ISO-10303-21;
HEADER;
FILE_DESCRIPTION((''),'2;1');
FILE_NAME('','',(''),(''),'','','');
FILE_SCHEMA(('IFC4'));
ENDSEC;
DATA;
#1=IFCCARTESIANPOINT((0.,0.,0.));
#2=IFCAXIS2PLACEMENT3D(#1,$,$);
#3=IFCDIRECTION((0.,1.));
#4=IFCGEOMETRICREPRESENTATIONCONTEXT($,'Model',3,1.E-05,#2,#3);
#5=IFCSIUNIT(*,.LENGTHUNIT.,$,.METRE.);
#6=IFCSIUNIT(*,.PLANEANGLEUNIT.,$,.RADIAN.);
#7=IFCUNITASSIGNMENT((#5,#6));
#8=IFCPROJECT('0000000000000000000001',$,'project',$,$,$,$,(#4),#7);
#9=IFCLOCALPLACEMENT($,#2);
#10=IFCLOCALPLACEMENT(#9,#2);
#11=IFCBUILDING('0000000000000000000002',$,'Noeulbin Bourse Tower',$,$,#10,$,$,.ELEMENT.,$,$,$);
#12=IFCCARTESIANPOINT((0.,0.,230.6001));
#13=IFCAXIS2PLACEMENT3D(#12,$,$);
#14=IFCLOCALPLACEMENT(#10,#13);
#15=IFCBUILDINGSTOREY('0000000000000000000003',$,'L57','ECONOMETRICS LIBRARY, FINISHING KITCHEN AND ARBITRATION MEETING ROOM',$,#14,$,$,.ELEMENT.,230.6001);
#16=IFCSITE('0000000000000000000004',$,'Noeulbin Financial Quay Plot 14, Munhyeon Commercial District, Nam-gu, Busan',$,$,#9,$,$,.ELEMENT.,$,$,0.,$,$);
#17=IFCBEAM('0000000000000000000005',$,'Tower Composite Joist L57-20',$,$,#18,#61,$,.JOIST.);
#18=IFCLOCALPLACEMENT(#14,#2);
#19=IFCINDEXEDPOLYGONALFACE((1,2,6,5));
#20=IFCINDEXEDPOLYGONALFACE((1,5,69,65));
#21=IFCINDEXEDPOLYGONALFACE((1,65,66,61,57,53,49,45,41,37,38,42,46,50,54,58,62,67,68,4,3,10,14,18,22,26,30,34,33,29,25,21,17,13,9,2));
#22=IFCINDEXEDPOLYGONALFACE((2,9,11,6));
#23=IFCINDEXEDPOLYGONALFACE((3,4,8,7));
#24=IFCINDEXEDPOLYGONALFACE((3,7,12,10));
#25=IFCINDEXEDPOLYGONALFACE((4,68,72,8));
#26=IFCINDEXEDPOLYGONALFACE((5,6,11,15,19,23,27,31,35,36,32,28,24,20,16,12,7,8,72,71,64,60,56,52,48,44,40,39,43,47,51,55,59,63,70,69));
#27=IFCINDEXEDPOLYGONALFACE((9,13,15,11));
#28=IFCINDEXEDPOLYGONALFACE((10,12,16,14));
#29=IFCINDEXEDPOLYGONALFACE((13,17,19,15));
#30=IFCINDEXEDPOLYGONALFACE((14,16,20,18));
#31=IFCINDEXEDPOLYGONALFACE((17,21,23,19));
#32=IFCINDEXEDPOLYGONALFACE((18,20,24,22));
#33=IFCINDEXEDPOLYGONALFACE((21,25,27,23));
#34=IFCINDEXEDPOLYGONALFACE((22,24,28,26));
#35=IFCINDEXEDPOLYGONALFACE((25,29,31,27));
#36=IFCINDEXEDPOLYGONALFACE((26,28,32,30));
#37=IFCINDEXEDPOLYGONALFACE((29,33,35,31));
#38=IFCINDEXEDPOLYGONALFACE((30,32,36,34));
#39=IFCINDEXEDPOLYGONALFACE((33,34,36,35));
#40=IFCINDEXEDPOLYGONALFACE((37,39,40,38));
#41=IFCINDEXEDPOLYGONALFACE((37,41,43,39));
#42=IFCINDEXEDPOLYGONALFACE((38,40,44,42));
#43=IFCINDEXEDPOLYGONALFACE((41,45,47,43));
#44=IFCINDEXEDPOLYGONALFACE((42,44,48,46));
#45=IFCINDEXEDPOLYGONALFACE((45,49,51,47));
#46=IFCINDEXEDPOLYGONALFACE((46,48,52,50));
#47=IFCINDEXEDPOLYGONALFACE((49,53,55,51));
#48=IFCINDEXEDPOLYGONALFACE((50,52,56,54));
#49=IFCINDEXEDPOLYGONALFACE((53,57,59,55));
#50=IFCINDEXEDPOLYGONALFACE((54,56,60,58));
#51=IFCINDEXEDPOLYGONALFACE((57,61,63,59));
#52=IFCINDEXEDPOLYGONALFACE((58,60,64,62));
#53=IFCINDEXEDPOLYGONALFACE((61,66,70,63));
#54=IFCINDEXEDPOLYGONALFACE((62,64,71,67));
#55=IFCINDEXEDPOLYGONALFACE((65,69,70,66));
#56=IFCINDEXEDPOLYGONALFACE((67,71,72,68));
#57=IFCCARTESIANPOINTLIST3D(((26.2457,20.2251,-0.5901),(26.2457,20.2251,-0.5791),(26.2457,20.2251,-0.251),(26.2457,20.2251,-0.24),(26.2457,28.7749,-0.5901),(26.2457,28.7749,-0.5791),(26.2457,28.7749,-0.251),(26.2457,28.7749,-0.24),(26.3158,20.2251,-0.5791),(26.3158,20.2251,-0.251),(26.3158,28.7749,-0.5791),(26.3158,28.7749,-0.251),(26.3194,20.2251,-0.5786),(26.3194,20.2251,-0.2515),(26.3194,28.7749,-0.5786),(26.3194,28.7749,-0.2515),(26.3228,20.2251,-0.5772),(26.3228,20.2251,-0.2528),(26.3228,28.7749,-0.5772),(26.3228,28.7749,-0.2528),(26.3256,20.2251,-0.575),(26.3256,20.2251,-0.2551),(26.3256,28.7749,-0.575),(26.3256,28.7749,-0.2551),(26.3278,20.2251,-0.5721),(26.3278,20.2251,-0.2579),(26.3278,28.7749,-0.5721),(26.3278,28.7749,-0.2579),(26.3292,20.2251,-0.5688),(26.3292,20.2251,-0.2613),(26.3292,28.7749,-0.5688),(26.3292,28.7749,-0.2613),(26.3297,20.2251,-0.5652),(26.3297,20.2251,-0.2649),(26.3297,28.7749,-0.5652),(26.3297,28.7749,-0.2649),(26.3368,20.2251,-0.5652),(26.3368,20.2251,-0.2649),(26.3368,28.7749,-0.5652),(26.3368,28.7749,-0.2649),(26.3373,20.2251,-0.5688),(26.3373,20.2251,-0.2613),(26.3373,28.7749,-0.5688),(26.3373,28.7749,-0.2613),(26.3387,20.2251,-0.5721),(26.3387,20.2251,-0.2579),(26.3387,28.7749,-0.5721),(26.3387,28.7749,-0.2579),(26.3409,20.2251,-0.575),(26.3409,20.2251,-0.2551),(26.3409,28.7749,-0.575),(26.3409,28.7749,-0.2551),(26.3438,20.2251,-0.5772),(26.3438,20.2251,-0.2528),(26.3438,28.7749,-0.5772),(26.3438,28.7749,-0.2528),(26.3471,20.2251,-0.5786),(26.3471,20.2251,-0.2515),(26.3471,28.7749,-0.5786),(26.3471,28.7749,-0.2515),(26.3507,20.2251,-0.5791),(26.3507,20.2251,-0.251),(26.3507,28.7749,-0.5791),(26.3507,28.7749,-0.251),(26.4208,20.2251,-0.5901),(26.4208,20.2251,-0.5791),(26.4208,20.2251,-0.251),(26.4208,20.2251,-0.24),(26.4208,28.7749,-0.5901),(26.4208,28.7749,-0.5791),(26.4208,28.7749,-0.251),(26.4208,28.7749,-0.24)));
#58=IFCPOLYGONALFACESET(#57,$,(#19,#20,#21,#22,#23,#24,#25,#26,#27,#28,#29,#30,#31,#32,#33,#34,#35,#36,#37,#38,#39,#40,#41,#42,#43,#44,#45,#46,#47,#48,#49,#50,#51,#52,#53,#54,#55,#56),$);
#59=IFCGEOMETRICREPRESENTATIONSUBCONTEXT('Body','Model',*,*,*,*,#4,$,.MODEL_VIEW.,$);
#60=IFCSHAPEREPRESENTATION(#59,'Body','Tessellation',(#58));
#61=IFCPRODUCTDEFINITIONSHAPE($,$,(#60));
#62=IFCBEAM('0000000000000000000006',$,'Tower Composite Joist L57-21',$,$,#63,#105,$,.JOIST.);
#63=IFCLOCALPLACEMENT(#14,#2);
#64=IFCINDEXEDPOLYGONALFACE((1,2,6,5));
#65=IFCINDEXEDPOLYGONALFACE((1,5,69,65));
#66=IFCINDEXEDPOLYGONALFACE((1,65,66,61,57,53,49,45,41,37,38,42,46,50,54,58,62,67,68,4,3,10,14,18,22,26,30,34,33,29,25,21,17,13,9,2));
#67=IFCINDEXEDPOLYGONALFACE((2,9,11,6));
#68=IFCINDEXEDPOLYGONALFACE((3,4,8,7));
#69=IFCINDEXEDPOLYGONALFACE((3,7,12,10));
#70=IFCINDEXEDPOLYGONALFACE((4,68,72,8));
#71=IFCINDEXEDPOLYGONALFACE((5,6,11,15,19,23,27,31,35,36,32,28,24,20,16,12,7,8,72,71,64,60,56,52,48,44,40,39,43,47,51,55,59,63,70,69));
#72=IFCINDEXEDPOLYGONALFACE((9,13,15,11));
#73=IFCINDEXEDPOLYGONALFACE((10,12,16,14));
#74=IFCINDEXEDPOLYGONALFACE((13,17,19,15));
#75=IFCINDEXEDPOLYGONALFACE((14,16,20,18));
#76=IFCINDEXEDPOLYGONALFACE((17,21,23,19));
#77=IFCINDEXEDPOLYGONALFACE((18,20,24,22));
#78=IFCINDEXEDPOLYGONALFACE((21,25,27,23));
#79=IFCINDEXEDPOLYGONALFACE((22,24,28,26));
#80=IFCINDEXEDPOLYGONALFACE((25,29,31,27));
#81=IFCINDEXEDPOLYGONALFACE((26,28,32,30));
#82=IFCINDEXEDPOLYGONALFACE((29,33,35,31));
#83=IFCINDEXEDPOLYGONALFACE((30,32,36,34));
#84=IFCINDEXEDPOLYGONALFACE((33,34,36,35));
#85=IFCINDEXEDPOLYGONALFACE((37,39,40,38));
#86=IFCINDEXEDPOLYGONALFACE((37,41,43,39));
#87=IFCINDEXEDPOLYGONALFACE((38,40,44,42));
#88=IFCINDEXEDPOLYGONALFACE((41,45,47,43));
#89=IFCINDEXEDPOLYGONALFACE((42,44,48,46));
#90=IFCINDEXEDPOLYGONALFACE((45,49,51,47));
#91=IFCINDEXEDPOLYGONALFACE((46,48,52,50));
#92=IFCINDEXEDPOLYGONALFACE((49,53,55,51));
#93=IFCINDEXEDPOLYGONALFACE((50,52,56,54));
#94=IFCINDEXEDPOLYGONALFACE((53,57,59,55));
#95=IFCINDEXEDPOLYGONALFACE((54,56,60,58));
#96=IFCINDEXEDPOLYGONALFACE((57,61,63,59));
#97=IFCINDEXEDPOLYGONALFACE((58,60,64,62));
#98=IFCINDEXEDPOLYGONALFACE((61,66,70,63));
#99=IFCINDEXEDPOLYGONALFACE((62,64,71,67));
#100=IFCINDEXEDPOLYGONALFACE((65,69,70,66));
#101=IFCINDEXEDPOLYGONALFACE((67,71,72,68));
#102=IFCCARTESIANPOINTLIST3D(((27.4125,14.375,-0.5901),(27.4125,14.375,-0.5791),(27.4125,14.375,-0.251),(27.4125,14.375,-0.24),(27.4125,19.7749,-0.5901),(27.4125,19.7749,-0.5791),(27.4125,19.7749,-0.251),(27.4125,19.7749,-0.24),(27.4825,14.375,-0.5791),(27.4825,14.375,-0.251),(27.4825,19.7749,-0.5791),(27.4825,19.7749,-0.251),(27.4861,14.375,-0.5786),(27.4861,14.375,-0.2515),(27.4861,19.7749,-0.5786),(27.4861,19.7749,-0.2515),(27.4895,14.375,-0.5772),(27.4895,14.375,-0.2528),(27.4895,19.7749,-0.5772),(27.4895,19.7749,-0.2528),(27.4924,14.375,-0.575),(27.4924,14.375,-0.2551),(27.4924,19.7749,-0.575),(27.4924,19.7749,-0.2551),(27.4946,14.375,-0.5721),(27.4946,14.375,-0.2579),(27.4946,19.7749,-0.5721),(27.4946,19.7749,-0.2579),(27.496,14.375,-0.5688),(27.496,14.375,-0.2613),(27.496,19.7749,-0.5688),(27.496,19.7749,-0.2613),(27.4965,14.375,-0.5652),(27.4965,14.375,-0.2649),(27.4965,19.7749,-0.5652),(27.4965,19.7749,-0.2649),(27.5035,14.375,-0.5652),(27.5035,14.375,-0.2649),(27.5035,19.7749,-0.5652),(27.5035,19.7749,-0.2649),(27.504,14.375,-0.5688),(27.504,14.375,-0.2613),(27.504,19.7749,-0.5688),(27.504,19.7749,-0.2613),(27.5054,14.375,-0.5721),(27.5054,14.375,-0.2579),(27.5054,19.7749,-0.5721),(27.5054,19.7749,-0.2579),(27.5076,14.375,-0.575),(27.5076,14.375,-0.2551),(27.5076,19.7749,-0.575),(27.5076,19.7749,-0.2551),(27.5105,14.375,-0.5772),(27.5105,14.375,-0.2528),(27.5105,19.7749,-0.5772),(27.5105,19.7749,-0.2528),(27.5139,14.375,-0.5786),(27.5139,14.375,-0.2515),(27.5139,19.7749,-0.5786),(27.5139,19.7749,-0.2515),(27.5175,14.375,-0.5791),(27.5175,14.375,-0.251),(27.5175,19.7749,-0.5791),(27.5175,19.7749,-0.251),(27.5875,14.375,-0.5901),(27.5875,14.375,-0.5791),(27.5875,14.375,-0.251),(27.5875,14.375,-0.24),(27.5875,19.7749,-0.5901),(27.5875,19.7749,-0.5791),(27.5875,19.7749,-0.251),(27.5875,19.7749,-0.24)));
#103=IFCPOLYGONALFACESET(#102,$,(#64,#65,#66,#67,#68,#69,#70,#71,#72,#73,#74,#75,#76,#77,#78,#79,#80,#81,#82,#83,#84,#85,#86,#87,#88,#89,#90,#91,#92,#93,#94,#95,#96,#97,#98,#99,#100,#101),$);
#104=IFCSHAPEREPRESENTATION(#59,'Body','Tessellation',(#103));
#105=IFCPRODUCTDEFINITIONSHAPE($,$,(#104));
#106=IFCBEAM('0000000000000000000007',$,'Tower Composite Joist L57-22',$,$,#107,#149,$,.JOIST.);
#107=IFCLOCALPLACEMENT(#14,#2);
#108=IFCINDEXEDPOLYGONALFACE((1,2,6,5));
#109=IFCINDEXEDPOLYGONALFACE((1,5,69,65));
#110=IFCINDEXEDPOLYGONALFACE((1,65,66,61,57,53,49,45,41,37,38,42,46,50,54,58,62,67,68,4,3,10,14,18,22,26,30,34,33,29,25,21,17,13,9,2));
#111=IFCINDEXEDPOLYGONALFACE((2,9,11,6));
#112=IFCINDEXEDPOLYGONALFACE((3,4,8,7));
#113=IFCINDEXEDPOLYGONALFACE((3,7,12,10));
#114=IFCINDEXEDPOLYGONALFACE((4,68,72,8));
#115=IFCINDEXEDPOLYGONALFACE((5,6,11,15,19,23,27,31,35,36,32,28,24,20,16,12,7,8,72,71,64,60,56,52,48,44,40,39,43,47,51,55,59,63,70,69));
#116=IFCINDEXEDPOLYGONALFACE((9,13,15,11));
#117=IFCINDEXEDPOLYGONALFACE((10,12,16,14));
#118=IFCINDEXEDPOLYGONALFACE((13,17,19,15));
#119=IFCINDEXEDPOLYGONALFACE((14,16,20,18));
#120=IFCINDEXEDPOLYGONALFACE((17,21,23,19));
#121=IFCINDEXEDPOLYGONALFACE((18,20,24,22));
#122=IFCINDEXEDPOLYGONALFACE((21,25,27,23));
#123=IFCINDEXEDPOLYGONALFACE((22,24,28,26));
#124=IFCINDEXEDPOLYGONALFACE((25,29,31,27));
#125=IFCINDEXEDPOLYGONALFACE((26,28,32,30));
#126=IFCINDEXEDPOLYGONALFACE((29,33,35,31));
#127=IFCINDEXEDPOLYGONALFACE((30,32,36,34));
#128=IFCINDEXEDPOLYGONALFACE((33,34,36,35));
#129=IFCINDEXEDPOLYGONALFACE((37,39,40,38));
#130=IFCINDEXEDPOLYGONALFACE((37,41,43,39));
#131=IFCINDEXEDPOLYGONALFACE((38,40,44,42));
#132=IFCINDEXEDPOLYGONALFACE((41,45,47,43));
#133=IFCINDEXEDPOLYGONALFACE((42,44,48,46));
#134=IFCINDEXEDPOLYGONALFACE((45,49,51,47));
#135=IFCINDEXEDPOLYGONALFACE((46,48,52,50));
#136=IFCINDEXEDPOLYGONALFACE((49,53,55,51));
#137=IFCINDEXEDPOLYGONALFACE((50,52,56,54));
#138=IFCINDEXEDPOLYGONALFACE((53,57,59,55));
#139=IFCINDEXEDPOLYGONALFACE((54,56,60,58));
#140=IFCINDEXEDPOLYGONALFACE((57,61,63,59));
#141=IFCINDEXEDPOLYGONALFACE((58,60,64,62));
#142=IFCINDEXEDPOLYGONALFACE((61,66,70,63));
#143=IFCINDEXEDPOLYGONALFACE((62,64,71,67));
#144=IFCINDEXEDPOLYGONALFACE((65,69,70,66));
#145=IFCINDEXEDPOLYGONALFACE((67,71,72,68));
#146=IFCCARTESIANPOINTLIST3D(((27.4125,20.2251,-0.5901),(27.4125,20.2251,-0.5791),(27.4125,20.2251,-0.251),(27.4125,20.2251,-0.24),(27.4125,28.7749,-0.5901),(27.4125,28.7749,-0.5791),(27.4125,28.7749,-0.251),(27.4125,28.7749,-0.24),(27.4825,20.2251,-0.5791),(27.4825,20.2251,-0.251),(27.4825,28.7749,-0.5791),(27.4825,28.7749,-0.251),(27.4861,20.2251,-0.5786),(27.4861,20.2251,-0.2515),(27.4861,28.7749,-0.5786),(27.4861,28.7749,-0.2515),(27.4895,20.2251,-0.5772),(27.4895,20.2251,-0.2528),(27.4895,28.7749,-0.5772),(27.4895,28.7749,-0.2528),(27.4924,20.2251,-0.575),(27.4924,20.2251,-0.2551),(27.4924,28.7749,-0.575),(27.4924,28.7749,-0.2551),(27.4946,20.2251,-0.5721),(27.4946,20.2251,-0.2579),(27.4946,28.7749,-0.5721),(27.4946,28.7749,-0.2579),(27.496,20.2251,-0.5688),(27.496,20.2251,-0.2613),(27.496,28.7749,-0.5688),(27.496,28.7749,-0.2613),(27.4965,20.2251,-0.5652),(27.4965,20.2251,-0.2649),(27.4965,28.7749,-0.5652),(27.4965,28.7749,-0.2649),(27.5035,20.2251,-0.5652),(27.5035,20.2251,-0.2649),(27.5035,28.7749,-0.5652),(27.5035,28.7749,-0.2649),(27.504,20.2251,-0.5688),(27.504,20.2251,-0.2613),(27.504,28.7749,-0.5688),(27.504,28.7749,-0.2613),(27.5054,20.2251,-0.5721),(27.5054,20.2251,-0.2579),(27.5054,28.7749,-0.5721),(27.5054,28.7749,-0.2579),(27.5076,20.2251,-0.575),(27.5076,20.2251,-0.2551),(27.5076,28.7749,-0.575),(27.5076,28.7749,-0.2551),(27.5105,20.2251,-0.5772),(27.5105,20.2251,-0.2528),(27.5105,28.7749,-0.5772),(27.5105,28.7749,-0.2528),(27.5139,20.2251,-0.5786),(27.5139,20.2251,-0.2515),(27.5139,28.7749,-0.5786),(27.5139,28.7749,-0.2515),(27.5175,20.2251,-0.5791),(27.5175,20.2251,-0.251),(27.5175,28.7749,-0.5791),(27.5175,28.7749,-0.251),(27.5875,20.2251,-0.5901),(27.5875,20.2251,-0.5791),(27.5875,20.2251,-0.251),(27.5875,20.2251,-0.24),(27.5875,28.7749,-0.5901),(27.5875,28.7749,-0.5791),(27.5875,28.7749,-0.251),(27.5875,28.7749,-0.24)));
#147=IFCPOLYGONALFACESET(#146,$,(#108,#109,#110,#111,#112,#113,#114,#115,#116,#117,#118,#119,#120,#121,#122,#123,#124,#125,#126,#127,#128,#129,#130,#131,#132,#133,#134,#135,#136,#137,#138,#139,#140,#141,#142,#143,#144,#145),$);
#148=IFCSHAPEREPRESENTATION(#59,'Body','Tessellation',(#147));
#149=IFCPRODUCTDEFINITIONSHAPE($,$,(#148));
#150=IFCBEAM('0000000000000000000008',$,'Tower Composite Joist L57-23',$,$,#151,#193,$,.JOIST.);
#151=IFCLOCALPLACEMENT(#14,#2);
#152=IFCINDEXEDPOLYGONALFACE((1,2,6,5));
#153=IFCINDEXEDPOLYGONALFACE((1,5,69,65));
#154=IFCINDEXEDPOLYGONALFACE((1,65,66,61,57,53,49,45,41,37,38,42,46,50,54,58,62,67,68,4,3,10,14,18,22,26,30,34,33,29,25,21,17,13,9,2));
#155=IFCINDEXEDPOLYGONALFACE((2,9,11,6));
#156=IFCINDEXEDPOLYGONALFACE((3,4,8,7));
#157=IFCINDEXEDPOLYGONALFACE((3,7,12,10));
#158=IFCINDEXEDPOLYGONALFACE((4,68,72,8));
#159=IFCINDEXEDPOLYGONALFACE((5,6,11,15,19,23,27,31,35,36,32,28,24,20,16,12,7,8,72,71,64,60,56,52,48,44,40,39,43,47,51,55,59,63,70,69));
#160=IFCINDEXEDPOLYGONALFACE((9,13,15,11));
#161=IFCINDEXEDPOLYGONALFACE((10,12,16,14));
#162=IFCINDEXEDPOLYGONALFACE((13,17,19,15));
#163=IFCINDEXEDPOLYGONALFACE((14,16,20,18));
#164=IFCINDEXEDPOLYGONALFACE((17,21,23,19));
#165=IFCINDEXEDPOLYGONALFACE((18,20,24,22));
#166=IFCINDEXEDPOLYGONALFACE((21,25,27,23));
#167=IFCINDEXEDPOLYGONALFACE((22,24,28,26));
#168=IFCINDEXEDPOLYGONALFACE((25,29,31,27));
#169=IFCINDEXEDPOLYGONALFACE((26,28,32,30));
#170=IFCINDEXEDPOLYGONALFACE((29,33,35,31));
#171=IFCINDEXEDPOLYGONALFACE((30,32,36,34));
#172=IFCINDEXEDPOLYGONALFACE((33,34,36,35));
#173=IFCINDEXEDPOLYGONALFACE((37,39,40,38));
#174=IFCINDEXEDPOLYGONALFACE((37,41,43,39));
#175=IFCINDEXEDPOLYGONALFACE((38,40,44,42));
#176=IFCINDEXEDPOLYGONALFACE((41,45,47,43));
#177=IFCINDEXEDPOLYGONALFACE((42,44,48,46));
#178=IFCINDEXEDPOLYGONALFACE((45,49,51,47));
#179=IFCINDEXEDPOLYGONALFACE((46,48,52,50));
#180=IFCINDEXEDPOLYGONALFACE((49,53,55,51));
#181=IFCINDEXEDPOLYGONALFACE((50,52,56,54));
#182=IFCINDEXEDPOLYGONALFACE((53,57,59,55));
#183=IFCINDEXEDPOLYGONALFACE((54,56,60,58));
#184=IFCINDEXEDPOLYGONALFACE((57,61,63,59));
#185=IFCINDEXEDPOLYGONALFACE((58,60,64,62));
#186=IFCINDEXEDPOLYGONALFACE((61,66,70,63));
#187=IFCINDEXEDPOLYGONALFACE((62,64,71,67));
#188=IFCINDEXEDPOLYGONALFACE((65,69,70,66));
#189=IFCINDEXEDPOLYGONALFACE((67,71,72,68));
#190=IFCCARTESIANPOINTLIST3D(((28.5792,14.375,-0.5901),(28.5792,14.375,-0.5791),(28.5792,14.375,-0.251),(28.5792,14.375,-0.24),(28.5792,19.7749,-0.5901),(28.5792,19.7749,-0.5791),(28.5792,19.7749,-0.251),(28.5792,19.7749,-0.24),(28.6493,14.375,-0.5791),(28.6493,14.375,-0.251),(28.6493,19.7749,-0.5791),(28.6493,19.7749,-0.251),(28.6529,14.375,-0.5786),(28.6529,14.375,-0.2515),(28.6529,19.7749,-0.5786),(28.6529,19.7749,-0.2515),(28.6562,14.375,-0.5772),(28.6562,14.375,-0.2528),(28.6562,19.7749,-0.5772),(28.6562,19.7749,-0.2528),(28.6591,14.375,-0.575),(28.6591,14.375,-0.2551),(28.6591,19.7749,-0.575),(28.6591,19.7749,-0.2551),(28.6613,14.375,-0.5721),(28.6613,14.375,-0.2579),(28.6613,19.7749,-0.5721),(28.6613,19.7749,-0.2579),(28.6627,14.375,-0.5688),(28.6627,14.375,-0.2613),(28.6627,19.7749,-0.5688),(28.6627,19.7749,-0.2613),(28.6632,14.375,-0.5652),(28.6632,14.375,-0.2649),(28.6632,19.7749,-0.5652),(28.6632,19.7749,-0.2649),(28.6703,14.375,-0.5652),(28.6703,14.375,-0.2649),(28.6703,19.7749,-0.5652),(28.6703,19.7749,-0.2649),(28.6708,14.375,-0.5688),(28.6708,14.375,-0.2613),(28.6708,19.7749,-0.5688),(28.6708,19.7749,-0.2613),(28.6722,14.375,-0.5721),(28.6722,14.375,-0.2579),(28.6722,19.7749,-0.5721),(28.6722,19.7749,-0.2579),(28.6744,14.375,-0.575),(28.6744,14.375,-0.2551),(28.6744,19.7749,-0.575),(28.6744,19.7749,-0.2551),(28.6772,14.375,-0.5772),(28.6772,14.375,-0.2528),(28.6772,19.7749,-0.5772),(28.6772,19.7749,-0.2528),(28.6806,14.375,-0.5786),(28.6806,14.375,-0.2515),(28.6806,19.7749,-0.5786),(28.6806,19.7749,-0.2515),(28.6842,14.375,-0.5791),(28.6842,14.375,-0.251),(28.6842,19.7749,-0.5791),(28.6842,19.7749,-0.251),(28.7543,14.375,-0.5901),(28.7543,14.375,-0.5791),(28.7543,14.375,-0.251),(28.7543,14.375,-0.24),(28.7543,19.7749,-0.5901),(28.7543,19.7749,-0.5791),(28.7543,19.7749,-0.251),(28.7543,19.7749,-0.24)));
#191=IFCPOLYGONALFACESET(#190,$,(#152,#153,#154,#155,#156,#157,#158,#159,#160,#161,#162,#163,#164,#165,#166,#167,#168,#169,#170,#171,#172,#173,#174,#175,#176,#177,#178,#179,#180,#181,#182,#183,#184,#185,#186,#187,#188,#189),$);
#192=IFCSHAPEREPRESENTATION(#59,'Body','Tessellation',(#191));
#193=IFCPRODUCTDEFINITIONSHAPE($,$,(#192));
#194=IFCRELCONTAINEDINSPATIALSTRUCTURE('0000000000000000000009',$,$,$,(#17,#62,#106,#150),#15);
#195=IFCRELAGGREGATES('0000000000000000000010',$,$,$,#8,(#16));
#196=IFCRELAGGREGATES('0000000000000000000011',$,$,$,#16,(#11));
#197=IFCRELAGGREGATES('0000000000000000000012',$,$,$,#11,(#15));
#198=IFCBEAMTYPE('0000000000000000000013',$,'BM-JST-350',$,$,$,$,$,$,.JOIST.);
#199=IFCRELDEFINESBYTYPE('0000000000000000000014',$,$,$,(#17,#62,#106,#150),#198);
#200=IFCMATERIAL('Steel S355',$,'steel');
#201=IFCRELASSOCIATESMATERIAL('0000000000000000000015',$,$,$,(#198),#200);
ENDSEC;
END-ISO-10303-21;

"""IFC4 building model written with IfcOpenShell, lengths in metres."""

from ifc_helpers import new_model, si_unit, direction, frame, origin, origin_2d, place, context, subcontext, project, spatial, i_section, extrude, material, material_profile, profile_set, type_object, element, save


model = new_model("IFC4")

# Units and contexts
model_context = context("Model", 3, precision=1e-05, world=origin(), true_north=direction((0.0, 1.0)))
body_context = subcontext(model_context, "Body", "Model", "MODEL_VIEW")
ifc_project = project(units=[si_unit("LENGTHUNIT", "METRE"), si_unit("PLANEANGLEUNIT", "RADIAN")], contexts=[model_context])

# Site, building, storey
site_placement = place(None, origin())
site = spatial("IfcSite", under=ifc_project, at=site_placement, Name="Noeulbin Financial Quay Plot 14, Munhyeon Commercial District, Nam-gu, Busan", CompositionType="ELEMENT", RefElevation=0.0)
building_placement = place(site_placement, origin())
building = spatial("IfcBuilding", under=site, at=building_placement, Name="Noeulbin Bourse Tower", CompositionType="ELEMENT")
storey_placement = place(building_placement, frame((0.0, 0.0, 230.6001)))
storey = spatial("IfcBuildingStorey", under=building, at=storey_placement, Name="L57", Description="ECONOMETRICS LIBRARY, FINISHING KITCHEN AND ARBITRATION MEETING ROOM", CompositionType="ELEMENT", Elevation=230.6001)

# Shared definitions
ifc_material_1 = material(Name="Steel S355", Category="steel")

# Beams
ifc_material_profile_1 = material_profile(ifc_material_1, i_section(OverallWidth=0.175, OverallDepth=0.3501, WebThickness=0.0071, FlangeThickness=0.011, FilletRadius=0.0139, at=origin_2d()), Name="H-350x175x7x11", Category="LoadBearing")
ifc_profile_set_1 = profile_set([ifc_material_profile_1], Name="Steel S355")
beam_type_1 = type_object("IfcBeamType", Name="BM-JST-350", PredefinedType="JOIST", material=ifc_profile_set_1)
beam_1_placement = place(storey_placement, frame((26.3333, 20.2251, -0.415), z_axis=(0.0, 1.0, 0.0), x_axis=(-1.0, 0.0, 0.0)))
element("IfcBeam", 1, at=beam_1_placement, inside=storey, type_object=beam_type_1, Name="Tower Composite Joist L57-20", PredefinedType="JOIST", context=body_context, shape_type="SweptSolid", body=[
    extrude(i_section(OverallWidth=0.175, OverallDepth=0.3501, WebThickness=0.0071, FlangeThickness=0.011, FilletRadius=0.0139, at=origin_2d()), origin(), (0.0, 0.0, 1.0), 8.5498),
])
beam_2_placement = place(storey_placement, frame((27.5, 14.375, -0.415), z_axis=(0.0, 1.0, 0.0), x_axis=(-1.0, 0.0, 0.0)))
element("IfcBeam", 2, at=beam_2_placement, inside=storey, type_object=beam_type_1, Name="Tower Composite Joist L57-21", PredefinedType="JOIST", context=body_context, shape_type="SweptSolid", body=[
    extrude(i_section(OverallWidth=0.175, OverallDepth=0.3501, WebThickness=0.0071, FlangeThickness=0.011, FilletRadius=0.0139, at=origin_2d()), origin(), (0.0, 0.0, 1.0), 5.3999),
])
beam_3_placement = place(storey_placement, frame((27.5, 20.2251, -0.415), z_axis=(0.0, 1.0, 0.0), x_axis=(-1.0, 0.0, 0.0)))
element("IfcBeam", 3, at=beam_3_placement, inside=storey, type_object=beam_type_1, Name="Tower Composite Joist L57-22", PredefinedType="JOIST", context=body_context, shape_type="SweptSolid", body=[
    extrude(i_section(OverallWidth=0.175, OverallDepth=0.3501, WebThickness=0.0071, FlangeThickness=0.011, FilletRadius=0.0139, at=origin_2d()), origin(), (0.0, 0.0, 1.0), 8.5498),
])
for number, where, z_axis, x_axis, name in (
    (4, (28.6667, 14.375, -0.415), (0.0, 1.0, 0.0), (-1.0, 0.0, 0.0), "Tower Composite Joist L57-23"),
):
    element("IfcBeam", number, at=place(storey_placement, frame(where, z_axis=z_axis, x_axis=x_axis)), inside=storey, type_object=beam_type_1, Name=name, PredefinedType="JOIST", context=body_context, shape_type="SweptSolid", body=[
        extrude(i_section(OverallWidth=0.175, OverallDepth=0.3501, WebThickness=0.0071, FlangeThickness=0.011, FilletRadius=0.0139, at=origin_2d()), origin(), (0.0, 0.0, 1.0), 5.3999),
    ])

save(model, "model.ifc")
